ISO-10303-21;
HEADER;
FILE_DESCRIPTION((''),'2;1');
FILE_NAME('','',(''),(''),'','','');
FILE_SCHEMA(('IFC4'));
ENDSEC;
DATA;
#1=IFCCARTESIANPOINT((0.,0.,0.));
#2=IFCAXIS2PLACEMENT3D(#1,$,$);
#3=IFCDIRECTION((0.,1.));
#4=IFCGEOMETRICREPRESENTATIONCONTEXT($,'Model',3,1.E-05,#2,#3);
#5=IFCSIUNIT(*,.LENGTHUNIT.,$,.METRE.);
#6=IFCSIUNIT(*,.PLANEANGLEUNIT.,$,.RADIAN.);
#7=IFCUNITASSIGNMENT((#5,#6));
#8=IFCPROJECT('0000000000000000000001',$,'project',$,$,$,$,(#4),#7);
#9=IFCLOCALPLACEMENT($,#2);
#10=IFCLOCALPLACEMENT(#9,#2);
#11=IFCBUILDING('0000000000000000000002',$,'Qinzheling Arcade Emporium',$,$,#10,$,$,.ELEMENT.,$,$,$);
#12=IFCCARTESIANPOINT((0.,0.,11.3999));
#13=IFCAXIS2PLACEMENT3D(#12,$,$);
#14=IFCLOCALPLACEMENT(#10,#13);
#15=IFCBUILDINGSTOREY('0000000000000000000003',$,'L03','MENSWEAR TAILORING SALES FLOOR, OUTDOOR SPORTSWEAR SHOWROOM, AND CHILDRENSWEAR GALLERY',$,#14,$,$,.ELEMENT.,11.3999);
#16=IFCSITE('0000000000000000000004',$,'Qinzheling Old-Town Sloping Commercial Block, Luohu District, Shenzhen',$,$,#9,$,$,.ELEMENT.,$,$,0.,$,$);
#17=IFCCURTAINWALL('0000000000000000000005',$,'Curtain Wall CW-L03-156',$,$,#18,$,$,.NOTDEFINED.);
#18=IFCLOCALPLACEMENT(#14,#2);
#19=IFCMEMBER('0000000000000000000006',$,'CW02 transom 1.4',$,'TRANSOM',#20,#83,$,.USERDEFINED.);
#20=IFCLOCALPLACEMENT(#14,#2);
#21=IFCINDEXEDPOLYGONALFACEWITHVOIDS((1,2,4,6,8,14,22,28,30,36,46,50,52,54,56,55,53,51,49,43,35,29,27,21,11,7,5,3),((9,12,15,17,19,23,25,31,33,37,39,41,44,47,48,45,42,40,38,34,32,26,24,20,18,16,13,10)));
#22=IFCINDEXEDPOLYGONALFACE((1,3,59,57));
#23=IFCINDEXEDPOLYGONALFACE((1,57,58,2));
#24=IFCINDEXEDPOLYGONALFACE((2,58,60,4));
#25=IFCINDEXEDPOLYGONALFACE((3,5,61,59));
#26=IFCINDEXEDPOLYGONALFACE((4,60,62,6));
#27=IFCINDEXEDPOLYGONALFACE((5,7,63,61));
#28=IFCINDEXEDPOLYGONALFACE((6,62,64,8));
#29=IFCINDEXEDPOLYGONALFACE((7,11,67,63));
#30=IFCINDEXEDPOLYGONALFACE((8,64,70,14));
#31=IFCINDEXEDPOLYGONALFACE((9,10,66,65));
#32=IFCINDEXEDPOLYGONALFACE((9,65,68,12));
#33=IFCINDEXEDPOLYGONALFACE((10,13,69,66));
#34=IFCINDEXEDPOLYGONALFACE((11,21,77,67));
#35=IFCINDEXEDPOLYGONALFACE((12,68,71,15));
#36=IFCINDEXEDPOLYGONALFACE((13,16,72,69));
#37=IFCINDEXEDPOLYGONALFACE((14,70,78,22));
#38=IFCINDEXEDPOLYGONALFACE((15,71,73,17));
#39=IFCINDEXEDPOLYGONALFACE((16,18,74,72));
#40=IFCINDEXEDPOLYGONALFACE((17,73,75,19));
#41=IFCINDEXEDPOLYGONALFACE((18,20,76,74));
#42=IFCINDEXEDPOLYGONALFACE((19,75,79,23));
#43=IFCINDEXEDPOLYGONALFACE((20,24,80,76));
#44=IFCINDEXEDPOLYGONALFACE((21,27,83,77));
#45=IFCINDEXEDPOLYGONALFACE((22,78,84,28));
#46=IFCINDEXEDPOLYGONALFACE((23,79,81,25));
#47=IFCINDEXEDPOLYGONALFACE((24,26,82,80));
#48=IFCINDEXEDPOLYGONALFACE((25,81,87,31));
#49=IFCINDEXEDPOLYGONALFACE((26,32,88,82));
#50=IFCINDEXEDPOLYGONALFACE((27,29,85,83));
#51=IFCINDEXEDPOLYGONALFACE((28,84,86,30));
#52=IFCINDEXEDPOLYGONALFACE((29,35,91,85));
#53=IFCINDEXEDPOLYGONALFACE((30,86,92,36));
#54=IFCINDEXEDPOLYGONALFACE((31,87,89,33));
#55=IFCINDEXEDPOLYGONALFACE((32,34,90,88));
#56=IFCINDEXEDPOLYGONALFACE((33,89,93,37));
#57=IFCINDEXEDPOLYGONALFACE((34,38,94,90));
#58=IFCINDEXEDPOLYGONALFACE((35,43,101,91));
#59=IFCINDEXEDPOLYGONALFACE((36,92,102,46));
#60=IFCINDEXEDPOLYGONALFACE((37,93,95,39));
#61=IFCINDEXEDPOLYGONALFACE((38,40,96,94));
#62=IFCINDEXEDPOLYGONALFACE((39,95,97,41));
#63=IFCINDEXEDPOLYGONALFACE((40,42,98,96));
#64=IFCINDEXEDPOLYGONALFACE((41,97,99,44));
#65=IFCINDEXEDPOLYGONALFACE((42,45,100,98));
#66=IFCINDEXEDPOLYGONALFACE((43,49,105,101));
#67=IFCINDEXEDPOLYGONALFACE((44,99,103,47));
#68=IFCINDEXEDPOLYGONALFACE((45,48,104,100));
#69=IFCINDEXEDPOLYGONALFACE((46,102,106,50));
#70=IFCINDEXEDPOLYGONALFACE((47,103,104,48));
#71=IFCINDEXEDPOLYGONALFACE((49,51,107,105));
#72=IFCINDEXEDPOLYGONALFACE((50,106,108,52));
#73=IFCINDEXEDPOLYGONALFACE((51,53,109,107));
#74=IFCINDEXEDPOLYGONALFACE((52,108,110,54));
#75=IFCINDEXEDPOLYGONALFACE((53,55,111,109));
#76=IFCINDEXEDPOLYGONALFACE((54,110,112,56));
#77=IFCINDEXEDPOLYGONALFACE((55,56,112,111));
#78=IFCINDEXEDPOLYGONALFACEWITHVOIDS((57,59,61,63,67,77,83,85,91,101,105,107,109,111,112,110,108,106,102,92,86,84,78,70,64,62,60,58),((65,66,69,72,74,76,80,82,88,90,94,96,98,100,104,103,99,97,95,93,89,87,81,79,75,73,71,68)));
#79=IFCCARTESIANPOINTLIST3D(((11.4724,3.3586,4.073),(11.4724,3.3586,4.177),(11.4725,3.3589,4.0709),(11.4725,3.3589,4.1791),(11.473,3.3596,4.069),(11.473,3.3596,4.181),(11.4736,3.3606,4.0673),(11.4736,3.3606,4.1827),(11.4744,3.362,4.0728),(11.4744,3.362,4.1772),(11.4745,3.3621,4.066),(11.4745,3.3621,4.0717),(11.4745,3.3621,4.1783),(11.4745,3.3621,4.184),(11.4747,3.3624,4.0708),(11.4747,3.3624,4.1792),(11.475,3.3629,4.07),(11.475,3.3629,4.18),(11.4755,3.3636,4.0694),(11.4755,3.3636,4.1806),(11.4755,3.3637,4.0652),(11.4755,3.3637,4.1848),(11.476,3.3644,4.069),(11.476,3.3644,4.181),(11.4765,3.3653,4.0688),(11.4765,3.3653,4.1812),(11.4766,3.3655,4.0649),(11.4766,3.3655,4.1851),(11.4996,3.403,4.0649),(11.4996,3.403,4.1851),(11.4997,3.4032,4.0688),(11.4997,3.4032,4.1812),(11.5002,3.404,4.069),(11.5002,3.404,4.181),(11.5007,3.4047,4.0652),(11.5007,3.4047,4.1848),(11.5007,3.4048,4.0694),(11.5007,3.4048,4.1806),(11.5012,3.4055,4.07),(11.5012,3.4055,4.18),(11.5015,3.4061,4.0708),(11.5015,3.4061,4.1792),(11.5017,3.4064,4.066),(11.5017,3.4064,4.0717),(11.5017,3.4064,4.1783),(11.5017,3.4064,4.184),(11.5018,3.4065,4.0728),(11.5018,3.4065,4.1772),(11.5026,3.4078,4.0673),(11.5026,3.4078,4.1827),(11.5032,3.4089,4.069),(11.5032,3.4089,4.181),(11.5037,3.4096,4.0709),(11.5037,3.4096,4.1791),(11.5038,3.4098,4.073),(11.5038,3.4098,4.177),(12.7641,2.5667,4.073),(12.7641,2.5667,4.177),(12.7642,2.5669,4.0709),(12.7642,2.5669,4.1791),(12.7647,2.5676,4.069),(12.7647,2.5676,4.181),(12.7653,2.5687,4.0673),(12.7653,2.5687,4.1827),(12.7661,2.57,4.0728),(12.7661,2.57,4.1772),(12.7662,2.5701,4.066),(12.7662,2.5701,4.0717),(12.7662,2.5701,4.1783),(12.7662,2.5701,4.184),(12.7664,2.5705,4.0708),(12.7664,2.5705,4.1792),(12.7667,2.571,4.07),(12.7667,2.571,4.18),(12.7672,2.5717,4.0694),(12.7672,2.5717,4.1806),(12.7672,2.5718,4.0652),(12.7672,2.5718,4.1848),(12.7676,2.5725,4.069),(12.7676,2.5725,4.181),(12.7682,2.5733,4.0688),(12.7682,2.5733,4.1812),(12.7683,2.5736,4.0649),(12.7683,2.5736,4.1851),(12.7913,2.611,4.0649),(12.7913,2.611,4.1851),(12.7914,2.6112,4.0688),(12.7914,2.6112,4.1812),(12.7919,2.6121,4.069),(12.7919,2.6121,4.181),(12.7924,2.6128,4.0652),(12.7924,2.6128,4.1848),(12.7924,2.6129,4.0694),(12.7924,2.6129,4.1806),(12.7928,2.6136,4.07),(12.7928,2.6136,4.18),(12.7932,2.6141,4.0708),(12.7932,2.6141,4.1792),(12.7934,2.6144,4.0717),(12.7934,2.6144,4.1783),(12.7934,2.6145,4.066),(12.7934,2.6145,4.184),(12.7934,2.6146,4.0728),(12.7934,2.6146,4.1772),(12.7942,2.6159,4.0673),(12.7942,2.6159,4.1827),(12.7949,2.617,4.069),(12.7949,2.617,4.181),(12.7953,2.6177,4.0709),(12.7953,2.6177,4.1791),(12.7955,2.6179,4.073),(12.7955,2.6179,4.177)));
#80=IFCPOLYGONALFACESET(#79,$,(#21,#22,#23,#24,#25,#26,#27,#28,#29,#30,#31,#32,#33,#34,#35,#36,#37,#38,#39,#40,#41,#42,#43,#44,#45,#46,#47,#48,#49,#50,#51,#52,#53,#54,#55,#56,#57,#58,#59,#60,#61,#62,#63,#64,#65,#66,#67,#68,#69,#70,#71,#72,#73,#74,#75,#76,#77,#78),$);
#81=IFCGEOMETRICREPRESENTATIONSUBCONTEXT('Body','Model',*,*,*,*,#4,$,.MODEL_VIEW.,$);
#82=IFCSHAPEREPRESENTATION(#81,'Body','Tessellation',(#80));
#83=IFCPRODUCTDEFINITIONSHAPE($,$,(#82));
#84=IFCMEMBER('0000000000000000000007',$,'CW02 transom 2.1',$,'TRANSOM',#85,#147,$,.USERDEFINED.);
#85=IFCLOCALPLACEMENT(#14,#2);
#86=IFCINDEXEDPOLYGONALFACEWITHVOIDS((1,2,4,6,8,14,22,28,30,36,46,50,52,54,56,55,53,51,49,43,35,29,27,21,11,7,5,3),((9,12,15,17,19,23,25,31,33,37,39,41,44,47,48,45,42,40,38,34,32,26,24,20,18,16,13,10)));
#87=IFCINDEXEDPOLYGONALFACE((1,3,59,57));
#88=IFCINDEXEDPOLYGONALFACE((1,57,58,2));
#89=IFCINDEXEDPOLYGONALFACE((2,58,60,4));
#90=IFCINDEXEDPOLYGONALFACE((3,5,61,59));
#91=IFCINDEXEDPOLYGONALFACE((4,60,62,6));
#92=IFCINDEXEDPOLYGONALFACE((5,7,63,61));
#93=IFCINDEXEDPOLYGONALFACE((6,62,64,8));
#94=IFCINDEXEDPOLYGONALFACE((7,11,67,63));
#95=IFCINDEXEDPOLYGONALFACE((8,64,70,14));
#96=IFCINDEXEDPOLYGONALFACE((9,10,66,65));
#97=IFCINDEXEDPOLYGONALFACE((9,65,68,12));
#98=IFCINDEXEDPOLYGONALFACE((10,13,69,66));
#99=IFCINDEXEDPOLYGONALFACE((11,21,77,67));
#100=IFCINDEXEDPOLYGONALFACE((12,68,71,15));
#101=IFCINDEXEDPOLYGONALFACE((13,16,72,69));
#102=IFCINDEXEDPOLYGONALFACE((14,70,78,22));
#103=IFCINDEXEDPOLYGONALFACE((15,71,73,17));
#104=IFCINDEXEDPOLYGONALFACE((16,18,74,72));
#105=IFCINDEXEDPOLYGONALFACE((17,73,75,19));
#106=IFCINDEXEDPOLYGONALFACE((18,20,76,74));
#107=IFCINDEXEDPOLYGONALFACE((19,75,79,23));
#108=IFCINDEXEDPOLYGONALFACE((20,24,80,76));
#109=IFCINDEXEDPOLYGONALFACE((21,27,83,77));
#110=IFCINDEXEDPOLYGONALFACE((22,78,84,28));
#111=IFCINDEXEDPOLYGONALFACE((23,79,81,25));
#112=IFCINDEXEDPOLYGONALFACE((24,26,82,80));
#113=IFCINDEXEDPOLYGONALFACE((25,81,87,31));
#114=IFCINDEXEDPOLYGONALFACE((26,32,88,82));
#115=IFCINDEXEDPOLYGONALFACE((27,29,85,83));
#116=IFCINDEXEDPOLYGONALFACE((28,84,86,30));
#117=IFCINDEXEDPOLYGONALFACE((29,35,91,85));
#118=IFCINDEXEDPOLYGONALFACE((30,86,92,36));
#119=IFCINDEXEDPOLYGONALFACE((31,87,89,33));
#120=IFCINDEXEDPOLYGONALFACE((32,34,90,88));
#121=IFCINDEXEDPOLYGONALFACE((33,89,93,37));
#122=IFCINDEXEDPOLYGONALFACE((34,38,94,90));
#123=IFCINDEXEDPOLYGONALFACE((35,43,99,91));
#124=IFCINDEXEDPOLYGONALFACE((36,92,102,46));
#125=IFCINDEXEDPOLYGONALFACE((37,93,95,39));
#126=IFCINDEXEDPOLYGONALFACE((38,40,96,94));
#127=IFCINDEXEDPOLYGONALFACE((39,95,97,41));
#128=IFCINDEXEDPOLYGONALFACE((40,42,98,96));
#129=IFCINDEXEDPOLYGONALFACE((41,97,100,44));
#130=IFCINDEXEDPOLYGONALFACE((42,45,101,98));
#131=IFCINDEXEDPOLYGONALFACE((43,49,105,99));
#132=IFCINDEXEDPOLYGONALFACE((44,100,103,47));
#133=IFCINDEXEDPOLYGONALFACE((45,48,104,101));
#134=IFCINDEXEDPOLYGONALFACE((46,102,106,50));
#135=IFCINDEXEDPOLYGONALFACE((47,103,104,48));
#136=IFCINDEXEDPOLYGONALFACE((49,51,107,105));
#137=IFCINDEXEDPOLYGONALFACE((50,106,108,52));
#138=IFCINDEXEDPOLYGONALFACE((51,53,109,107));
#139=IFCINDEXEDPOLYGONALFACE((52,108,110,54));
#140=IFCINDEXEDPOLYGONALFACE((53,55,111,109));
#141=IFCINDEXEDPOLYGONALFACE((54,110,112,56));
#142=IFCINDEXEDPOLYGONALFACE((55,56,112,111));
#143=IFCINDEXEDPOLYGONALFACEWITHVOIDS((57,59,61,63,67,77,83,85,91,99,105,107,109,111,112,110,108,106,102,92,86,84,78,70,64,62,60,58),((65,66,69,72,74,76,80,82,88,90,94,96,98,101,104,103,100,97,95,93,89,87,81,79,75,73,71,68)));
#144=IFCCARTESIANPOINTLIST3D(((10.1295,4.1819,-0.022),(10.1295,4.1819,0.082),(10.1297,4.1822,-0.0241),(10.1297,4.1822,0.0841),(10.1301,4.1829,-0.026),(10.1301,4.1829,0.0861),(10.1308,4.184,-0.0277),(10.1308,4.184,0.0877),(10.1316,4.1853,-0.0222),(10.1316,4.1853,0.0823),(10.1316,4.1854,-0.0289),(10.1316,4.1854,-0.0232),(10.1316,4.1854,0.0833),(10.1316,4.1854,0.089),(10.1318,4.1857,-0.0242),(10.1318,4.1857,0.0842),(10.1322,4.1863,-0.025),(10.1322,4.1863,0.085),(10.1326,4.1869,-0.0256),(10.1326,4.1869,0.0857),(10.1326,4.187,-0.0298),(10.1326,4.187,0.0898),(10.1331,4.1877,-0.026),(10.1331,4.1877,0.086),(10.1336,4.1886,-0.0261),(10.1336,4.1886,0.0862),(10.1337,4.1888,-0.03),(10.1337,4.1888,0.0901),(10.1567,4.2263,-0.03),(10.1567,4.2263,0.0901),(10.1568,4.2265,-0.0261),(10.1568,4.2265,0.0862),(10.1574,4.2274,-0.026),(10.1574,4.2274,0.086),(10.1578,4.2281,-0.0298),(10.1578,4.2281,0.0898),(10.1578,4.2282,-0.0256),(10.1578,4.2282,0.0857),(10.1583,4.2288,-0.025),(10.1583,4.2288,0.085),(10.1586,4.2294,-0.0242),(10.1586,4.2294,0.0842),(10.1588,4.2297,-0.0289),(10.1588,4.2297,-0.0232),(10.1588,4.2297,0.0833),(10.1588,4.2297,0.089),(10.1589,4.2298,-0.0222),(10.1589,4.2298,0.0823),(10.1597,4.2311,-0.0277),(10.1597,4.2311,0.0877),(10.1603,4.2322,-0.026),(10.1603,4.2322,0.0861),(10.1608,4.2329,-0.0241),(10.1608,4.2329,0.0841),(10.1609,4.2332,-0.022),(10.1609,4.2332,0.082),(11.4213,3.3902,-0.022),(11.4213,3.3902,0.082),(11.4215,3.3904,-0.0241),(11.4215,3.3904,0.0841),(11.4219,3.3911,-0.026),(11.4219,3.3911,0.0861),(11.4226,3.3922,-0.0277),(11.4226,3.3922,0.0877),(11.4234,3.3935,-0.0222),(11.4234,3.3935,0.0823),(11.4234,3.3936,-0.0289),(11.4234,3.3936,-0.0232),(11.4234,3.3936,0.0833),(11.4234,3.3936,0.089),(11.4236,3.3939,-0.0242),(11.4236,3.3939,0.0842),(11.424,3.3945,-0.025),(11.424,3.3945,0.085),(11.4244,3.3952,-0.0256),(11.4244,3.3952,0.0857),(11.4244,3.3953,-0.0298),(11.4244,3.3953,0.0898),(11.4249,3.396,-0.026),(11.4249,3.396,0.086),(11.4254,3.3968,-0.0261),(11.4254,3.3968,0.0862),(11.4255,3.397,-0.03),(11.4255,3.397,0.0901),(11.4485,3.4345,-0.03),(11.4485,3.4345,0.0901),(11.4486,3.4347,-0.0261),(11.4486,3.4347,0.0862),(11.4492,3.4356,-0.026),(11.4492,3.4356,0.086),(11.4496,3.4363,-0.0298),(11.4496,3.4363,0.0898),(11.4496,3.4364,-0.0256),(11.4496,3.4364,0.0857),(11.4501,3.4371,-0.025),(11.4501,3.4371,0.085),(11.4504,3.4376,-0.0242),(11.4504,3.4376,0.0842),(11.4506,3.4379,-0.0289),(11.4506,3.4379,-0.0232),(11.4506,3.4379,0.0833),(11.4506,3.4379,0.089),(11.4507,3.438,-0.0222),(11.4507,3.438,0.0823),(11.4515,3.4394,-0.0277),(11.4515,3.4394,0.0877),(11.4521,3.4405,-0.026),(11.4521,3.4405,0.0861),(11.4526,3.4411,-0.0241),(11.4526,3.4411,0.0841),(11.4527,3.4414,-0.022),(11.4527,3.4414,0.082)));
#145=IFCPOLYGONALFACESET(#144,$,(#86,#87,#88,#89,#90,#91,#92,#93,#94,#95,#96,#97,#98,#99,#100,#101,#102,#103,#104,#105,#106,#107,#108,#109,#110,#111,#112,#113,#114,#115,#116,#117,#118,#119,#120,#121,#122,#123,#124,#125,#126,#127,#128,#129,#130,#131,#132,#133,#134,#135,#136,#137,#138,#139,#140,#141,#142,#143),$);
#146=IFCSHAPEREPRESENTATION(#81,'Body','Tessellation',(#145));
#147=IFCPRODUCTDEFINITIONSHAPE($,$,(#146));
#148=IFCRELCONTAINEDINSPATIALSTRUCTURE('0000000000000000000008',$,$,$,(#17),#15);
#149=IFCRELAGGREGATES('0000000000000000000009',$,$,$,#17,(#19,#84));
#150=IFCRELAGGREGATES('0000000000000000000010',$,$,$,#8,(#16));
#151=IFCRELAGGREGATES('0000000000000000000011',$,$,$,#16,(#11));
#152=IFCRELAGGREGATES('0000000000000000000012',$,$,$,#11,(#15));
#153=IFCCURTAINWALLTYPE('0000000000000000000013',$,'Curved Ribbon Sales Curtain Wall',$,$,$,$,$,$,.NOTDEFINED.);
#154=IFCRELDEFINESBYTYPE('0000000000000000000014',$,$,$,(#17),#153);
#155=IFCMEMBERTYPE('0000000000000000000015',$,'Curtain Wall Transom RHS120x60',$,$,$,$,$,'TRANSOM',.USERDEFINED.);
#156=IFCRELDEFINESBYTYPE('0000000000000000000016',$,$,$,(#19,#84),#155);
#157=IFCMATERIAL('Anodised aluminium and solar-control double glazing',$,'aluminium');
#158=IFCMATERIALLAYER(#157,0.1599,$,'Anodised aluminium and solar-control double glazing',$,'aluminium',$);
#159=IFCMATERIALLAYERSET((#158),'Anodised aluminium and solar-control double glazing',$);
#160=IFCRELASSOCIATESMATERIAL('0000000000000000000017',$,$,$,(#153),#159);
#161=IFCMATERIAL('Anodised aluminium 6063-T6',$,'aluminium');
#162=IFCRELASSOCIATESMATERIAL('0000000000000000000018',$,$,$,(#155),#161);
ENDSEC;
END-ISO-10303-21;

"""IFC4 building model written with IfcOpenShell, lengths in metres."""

from ifc_helpers import new_model, si_unit, direction, frame, origin, origin_2d, place, context, subcontext, project, spatial, hollow_rectangle, extrude, material, layer, layer_set, material_profile, profile_set, type_object, element, aggregate, save


model = new_model("IFC4")

# Units and contexts
model_context = context("Model", 3, precision=1e-05, world=origin(), true_north=direction((0.0, 1.0)))
body_context = subcontext(model_context, "Body", "Model", "MODEL_VIEW")
ifc_project = project(units=[si_unit("LENGTHUNIT", "METRE"), si_unit("PLANEANGLEUNIT", "RADIAN")], contexts=[model_context])

# Site, building, storey
site_placement = place(None, origin())
site = spatial("IfcSite", under=ifc_project, at=site_placement, Name="Qinzheling Old-Town Sloping Commercial Block, Luohu District, Shenzhen", CompositionType="ELEMENT", RefElevation=0.0)
building_placement = place(site_placement, origin())
building = spatial("IfcBuilding", under=site, at=building_placement, Name="Qinzheling Arcade Emporium", CompositionType="ELEMENT")
storey_placement = place(building_placement, frame((0.0, 0.0, 11.3999)))
storey = spatial("IfcBuildingStorey", under=building, at=storey_placement, Name="L03", Description="MENSWEAR TAILORING SALES FLOOR, OUTDOOR SPORTSWEAR SHOWROOM, AND CHILDRENSWEAR GALLERY", CompositionType="ELEMENT", Elevation=11.3999)

# Curtain wall
ifc_material_1 = material(Name="Anodised aluminium and solar-control double glazing", Category="aluminium")
ifc_layer_1 = layer(ifc_material_1, 0.1599, Name="Anodised aluminium and solar-control double glazing", Category="aluminium")
ifc_layer_set_1 = layer_set([ifc_layer_1], Name="Anodised aluminium and solar-control double glazing")
curtain_wall_type = type_object("IfcCurtainWallType", Name="Curved Ribbon Sales Curtain Wall", PredefinedType="NOTDEFINED", material=ifc_layer_set_1)
curtain_wall_1_placement = place(storey_placement, origin())
curtain_wall_1 = element("IfcCurtainWall", 1, at=curtain_wall_1_placement, inside=storey, type_object=curtain_wall_type, Name="Curtain Wall CW-L03-156", PredefinedType="NOTDEFINED")
ifc_material_2 = material(Name="Anodised aluminium 6063-T6", Category="aluminium")

# Members
ifc_material_profile_1 = material_profile(ifc_material_2, hollow_rectangle(XDim=0.0601, YDim=0.1201, WallThickness=0.0039, InnerFilletRadius=0.0039, OuterFilletRadius=0.0081, at=origin_2d()), Name="RHS 120x60x4", Category="aluminium")
ifc_profile_set_1 = profile_set([ifc_material_profile_1], Name="Anodised aluminium 6063-T6")
member_type_1 = type_object("IfcMemberType", Name="Curtain Wall Transom RHS120x60", ElementType="TRANSOM", PredefinedType="USERDEFINED", material=ifc_profile_set_1)
member_1_placement = place(storey_placement, frame((12.7798, 2.5923, 4.125), z_axis=(-0.85252, 0.522694, 0.0), x_axis=(-0.522694, -0.85252, 0.0)))
member_1 = element("IfcMember", 2, at=member_1_placement, type_object=member_type_1, Name="CW02 transom 1.4", ObjectType="TRANSOM", PredefinedType="USERDEFINED", context=body_context, shape_type="SweptSolid", body=[
    extrude(hollow_rectangle(XDim=0.0601, YDim=0.1201, WallThickness=0.0039, InnerFilletRadius=0.0039, OuterFilletRadius=0.0081, at=origin_2d()), origin(), (0.0, 0.0, 1.0), 1.5151),
])
member_2_placement = place(storey_placement, frame((11.437, 3.4158, 0.03), z_axis=(-0.852592, 0.522577, 0.0), x_axis=(-0.522577, -0.852592, 0.0)))
member_2 = element("IfcMember", 3, at=member_2_placement, type_object=member_type_1, Name="CW02 transom 2.1", ObjectType="TRANSOM", PredefinedType="USERDEFINED", context=body_context, shape_type="SweptSolid", body=[
    extrude(hollow_rectangle(XDim=0.0601, YDim=0.1201, WallThickness=0.0039, InnerFilletRadius=0.0039, OuterFilletRadius=0.0081, at=origin_2d()), origin(), (0.0, 0.0, 1.0), 1.5151),
])

aggregate(curtain_wall_1, [member_1, member_2])

save(model, "model.ifc")
